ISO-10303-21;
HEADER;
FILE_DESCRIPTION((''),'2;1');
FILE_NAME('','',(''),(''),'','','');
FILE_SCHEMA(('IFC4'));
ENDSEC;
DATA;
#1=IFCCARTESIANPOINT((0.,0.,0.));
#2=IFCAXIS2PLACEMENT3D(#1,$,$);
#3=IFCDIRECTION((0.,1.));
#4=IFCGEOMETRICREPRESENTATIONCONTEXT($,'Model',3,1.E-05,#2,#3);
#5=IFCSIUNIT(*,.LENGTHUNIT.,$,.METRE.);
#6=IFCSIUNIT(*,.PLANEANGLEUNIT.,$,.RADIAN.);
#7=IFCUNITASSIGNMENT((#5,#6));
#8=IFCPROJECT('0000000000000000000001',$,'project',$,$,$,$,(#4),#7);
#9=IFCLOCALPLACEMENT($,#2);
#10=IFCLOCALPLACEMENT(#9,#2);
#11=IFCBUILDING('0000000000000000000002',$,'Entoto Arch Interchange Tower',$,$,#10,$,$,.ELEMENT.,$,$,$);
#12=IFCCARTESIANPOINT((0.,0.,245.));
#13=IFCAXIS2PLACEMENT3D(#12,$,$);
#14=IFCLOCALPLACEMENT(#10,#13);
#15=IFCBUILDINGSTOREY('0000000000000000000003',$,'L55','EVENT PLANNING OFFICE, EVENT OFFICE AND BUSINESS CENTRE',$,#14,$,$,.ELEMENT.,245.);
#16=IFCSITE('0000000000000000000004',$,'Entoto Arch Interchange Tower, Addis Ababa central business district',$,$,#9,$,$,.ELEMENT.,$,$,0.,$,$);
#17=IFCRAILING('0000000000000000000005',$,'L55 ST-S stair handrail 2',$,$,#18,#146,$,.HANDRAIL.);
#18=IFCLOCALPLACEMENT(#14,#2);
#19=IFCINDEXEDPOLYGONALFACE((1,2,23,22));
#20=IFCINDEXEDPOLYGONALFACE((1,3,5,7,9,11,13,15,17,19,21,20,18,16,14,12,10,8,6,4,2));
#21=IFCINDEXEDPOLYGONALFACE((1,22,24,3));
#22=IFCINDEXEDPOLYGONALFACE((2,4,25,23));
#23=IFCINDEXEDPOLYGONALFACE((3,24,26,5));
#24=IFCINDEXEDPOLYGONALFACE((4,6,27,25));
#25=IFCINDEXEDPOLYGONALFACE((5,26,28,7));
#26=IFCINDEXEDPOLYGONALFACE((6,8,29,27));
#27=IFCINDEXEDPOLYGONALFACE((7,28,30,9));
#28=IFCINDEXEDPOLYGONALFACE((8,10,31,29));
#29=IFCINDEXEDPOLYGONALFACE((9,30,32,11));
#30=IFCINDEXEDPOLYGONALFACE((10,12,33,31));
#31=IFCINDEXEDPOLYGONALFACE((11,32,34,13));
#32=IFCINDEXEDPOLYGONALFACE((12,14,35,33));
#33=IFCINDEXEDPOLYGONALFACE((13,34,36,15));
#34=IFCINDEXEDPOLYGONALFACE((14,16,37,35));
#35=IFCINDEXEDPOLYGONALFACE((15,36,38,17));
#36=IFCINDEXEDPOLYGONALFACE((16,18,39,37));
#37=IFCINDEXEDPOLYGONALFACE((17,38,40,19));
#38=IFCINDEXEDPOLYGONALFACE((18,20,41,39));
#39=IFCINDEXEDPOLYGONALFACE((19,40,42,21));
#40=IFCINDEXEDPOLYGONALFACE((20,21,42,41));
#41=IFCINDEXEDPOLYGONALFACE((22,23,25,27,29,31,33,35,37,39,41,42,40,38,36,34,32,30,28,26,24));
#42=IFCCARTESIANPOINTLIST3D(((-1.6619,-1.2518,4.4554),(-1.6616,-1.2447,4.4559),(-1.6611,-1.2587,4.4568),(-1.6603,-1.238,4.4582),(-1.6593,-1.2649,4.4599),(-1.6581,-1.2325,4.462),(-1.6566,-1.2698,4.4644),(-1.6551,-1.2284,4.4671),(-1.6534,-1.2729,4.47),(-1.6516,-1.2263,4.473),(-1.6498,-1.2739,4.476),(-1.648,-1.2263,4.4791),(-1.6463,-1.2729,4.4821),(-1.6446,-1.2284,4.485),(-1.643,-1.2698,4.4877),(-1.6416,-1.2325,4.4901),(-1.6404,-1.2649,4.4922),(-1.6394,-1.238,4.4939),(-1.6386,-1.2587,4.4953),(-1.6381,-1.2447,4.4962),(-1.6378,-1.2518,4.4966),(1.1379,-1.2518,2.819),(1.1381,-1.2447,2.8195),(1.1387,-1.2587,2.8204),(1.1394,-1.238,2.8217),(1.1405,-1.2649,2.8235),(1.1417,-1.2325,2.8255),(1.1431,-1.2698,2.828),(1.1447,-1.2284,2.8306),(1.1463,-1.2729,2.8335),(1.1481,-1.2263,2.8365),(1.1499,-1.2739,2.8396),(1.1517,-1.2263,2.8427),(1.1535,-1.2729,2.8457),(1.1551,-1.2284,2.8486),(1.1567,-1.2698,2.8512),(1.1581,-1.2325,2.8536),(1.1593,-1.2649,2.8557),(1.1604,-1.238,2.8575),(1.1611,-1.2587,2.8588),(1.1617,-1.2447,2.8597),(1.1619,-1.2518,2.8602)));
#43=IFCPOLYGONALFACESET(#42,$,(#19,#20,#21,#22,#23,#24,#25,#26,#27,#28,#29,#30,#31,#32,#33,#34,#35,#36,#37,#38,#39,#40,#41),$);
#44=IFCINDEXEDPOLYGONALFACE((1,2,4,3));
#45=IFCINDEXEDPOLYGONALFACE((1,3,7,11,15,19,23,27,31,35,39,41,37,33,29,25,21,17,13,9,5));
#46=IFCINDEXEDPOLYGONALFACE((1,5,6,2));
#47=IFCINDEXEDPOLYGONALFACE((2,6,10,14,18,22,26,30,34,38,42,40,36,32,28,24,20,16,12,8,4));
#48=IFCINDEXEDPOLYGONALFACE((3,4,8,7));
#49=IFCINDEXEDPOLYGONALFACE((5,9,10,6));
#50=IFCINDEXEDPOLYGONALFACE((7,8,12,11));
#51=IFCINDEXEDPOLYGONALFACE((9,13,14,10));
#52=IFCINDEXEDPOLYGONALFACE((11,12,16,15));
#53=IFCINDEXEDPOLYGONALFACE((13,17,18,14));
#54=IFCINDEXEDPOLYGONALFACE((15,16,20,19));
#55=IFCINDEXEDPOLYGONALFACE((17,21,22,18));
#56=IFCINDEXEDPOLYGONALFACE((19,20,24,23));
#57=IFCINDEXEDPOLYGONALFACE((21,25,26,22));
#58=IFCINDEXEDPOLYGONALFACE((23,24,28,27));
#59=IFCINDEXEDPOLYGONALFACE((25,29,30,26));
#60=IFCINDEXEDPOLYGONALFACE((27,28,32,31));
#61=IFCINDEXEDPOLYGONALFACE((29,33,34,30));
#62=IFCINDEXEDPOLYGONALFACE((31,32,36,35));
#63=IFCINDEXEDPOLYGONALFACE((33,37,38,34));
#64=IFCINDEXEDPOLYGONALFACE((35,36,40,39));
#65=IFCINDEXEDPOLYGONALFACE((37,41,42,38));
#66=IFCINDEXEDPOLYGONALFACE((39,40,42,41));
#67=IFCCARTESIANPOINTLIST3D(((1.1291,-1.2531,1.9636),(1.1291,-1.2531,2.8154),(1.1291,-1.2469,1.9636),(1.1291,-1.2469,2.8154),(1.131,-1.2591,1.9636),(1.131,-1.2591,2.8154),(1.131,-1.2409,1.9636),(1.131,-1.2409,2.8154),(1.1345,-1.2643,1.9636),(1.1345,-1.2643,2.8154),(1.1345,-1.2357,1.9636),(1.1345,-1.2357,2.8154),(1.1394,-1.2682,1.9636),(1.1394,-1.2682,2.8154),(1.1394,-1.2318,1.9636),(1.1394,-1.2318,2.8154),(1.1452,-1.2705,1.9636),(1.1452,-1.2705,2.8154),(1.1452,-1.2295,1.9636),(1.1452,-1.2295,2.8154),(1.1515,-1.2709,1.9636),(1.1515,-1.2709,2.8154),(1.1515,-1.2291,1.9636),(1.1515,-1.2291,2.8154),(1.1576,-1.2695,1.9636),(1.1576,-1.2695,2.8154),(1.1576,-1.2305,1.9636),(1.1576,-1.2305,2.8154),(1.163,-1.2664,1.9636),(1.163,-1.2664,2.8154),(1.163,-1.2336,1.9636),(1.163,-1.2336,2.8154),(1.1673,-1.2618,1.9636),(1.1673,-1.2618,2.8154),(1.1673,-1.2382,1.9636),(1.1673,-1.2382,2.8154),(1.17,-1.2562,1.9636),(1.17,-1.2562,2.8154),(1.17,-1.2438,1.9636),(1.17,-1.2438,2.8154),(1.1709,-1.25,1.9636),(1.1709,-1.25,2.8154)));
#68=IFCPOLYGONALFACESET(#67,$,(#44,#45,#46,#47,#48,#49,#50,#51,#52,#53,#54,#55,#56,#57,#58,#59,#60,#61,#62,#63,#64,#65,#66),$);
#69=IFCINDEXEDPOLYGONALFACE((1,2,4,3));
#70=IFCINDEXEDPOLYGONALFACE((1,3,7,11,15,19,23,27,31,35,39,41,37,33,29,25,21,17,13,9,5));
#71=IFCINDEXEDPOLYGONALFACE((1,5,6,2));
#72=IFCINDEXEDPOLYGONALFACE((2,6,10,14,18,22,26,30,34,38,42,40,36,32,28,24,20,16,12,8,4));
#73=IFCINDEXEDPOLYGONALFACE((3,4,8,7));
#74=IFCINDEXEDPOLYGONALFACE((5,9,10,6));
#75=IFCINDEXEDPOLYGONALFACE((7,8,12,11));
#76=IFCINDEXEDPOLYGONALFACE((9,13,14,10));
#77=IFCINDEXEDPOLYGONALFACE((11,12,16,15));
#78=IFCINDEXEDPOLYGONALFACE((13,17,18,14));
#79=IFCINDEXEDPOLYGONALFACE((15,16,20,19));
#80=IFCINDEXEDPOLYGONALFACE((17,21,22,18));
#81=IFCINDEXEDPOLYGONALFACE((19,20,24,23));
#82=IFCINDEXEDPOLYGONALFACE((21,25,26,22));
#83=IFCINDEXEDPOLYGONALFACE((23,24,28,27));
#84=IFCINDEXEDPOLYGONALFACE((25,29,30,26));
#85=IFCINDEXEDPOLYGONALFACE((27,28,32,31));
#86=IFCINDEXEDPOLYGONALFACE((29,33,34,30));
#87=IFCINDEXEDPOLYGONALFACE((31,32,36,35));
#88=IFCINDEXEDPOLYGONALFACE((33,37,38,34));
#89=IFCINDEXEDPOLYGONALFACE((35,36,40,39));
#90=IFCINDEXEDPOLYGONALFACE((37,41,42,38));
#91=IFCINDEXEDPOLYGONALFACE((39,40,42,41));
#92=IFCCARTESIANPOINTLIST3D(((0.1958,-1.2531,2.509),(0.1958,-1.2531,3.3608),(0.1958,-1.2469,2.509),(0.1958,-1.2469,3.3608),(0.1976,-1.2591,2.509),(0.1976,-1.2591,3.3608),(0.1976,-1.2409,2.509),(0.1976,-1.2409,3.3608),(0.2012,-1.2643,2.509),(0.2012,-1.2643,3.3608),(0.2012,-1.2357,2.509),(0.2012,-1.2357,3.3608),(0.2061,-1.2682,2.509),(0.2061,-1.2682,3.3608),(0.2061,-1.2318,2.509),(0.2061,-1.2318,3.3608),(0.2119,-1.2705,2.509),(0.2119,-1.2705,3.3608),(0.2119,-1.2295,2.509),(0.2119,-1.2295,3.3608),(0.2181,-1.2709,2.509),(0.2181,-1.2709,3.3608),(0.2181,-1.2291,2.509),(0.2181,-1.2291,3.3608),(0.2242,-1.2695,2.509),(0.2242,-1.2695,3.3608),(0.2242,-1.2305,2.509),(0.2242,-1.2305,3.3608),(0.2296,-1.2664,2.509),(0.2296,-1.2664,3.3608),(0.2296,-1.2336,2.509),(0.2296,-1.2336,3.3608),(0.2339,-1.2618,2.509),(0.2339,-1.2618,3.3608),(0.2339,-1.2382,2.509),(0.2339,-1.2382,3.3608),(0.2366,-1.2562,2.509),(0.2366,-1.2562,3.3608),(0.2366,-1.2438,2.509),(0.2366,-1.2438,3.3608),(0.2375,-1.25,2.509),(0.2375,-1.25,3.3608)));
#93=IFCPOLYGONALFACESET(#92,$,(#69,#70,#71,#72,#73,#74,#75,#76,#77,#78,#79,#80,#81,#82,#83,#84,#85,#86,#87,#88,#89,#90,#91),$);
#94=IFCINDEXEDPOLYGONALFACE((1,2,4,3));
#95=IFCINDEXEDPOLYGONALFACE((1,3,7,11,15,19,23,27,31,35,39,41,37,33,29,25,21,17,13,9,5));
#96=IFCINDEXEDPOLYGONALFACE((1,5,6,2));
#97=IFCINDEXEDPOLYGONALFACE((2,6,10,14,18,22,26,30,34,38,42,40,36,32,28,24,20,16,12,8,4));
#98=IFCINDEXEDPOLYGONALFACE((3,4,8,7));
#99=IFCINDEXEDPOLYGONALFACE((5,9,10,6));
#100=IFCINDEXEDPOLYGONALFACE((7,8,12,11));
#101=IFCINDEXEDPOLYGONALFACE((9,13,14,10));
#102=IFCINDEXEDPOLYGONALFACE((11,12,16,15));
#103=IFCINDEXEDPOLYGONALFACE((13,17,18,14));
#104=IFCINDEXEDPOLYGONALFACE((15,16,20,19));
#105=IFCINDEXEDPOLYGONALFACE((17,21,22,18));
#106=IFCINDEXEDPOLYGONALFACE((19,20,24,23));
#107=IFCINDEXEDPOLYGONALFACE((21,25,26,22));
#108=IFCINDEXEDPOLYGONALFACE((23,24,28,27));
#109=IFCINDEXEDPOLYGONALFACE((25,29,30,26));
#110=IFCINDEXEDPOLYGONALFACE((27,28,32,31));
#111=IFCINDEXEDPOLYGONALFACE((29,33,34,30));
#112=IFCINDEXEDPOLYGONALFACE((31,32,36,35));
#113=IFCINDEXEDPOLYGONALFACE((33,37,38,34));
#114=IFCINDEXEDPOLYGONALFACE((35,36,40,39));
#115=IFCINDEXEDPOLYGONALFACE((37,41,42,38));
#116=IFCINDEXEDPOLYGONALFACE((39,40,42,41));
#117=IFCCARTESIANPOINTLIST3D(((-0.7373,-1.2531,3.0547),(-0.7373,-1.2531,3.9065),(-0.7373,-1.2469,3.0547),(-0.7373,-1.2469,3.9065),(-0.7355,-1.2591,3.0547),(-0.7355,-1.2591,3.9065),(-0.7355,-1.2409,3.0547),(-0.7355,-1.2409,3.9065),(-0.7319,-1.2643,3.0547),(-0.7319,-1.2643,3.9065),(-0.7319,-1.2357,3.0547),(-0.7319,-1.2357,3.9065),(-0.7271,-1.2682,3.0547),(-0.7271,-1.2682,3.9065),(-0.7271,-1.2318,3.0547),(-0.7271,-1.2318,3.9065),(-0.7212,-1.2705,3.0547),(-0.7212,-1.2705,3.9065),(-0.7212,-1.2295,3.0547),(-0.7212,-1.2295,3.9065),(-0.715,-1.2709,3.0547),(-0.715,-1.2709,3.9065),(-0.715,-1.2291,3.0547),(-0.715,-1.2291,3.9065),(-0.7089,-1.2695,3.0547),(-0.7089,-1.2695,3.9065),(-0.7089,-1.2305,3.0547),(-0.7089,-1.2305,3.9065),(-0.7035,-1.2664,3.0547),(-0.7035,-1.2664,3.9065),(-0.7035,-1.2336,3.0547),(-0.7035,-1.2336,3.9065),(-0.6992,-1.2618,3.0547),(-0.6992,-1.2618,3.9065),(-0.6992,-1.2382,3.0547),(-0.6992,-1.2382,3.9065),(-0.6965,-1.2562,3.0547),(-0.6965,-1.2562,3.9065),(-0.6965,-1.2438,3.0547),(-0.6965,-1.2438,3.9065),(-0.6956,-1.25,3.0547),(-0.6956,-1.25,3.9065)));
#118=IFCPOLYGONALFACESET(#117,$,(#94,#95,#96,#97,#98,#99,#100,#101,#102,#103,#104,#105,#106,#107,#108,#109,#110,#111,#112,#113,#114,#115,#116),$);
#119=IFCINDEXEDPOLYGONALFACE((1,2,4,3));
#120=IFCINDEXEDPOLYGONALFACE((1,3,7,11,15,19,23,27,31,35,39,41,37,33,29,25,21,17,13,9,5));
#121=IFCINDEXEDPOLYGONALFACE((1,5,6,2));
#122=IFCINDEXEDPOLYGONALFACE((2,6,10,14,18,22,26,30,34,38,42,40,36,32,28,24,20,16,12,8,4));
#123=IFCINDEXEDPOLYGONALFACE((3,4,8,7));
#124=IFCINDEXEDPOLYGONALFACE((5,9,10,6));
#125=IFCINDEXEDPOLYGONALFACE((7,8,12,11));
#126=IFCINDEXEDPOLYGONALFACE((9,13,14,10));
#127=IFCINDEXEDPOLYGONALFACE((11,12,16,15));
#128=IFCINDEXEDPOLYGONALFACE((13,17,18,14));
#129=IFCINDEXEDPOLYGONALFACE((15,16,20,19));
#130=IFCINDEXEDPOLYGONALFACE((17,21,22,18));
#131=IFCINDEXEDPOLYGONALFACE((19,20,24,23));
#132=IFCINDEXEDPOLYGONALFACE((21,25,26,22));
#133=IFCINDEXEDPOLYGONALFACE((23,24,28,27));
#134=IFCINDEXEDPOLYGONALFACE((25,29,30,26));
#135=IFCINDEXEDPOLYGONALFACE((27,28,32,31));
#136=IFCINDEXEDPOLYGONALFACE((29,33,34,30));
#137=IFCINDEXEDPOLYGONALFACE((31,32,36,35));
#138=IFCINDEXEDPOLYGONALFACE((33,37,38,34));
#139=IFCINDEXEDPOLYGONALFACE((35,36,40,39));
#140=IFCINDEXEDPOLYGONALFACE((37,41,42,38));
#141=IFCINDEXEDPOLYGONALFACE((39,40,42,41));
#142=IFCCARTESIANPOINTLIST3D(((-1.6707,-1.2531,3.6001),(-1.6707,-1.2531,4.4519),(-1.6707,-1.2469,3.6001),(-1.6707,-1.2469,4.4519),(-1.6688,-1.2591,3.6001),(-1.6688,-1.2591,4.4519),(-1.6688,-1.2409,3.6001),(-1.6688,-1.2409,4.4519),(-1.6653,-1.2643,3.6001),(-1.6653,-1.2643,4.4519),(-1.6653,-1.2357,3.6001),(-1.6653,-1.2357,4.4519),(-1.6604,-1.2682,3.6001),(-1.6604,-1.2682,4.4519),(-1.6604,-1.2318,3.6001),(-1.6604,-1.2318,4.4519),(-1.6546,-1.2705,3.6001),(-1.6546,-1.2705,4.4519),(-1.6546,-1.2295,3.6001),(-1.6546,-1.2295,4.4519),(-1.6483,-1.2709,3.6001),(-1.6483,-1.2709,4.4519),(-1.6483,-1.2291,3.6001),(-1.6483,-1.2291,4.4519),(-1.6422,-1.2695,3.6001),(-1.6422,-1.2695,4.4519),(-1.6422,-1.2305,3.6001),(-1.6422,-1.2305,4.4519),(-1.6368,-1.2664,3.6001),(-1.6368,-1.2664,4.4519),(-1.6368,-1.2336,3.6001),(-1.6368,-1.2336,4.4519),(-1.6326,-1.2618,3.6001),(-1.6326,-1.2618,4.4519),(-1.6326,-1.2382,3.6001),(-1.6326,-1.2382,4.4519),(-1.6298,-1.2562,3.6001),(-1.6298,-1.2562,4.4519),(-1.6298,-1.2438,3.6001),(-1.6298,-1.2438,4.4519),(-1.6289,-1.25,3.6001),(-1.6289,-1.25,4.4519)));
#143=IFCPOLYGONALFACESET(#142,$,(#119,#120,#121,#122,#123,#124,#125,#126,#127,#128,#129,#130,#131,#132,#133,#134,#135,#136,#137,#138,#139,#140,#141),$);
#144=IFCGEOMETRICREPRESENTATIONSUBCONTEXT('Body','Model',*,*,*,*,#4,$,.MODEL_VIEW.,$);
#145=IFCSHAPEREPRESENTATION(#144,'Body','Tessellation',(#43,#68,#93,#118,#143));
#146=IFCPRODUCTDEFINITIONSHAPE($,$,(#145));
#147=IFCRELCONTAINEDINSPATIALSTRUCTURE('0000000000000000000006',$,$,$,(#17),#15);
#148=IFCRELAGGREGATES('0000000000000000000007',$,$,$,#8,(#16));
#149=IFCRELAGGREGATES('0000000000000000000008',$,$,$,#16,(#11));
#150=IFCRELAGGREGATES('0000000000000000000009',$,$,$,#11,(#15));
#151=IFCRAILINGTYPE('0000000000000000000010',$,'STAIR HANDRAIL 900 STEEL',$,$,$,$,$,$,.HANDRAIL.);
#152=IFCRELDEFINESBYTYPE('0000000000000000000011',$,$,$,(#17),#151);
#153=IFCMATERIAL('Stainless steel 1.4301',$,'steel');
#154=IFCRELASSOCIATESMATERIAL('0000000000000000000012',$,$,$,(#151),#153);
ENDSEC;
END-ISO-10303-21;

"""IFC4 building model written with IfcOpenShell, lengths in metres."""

from ifc_helpers import new_model, si_unit, direction, frame, origin, origin_2d, place, context, subcontext, project, spatial, circle, extrude, material, type_object, element, save


model = new_model("IFC4")

# Units and contexts
model_context = context("Model", 3, precision=1e-05, world=origin(), true_north=direction((0.0, 1.0)))
body_context = subcontext(model_context, "Body", "Model", "MODEL_VIEW")
ifc_project = project(units=[si_unit("LENGTHUNIT", "METRE"), si_unit("PLANEANGLEUNIT", "RADIAN")], contexts=[model_context])

# Site, building, storey
site_placement = place(None, origin())
site = spatial("IfcSite", under=ifc_project, at=site_placement, Name="Entoto Arch Interchange Tower, Addis Ababa central business district", CompositionType="ELEMENT", RefElevation=0.0)
building_placement = place(site_placement, origin())
building = spatial("IfcBuilding", under=site, at=building_placement, Name="Entoto Arch Interchange Tower", CompositionType="ELEMENT")
storey_placement = place(building_placement, frame((0.0, 0.0, 245.0)))
storey = spatial("IfcBuildingStorey", under=building, at=storey_placement, Name="L55", Description="EVENT PLANNING OFFICE, EVENT OFFICE AND BUSINESS CENTRE", CompositionType="ELEMENT", Elevation=245.0)

# Railing
ifc_material_1 = material(Name="Stainless steel 1.4301", Category="steel")
railing_type_1 = type_object("IfcRailingType", Name="STAIR HANDRAIL 900 STEEL", PredefinedType="HANDRAIL", material=ifc_material_1)
railing_1_placement = place(storey_placement, frame((1.1499, -1.25, 1.9636)))
element("IfcRailing", 1, at=railing_1_placement, inside=storey, type_object=railing_type_1, Name="L55 ST-S stair handrail 2", PredefinedType="HANDRAIL", context=body_context, shape_type="SweptSolid", body=[
    extrude(circle(Radius=0.0239, at=origin_2d()), frame((0.0, 0.0, 0.876), z_axis=(-0.863342, 0.0, 0.50462), x_axis=(0.0, -1.0, 0.0)), (0.0, 0.0, 1.0), 3.2429),
    extrude(circle(Radius=0.021, at=origin_2d()), origin(), (0.0, 0.0, 1.0), 0.8518),
    extrude(circle(Radius=0.021, at=origin_2d()), frame((-0.9333, 0.0, 0.5454)), (0.0, 0.0, 1.0), 0.8518),
    extrude(circle(Radius=0.021, at=origin_2d()), frame((-1.8665, 0.0, 1.0911)), (0.0, 0.0, 1.0), 0.8518),
    extrude(circle(Radius=0.021, at=origin_2d()), frame((-2.7998, 0.0, 1.6365)), (0.0, 0.0, 1.0), 0.8518),
])

save(model, "model.ifc")
